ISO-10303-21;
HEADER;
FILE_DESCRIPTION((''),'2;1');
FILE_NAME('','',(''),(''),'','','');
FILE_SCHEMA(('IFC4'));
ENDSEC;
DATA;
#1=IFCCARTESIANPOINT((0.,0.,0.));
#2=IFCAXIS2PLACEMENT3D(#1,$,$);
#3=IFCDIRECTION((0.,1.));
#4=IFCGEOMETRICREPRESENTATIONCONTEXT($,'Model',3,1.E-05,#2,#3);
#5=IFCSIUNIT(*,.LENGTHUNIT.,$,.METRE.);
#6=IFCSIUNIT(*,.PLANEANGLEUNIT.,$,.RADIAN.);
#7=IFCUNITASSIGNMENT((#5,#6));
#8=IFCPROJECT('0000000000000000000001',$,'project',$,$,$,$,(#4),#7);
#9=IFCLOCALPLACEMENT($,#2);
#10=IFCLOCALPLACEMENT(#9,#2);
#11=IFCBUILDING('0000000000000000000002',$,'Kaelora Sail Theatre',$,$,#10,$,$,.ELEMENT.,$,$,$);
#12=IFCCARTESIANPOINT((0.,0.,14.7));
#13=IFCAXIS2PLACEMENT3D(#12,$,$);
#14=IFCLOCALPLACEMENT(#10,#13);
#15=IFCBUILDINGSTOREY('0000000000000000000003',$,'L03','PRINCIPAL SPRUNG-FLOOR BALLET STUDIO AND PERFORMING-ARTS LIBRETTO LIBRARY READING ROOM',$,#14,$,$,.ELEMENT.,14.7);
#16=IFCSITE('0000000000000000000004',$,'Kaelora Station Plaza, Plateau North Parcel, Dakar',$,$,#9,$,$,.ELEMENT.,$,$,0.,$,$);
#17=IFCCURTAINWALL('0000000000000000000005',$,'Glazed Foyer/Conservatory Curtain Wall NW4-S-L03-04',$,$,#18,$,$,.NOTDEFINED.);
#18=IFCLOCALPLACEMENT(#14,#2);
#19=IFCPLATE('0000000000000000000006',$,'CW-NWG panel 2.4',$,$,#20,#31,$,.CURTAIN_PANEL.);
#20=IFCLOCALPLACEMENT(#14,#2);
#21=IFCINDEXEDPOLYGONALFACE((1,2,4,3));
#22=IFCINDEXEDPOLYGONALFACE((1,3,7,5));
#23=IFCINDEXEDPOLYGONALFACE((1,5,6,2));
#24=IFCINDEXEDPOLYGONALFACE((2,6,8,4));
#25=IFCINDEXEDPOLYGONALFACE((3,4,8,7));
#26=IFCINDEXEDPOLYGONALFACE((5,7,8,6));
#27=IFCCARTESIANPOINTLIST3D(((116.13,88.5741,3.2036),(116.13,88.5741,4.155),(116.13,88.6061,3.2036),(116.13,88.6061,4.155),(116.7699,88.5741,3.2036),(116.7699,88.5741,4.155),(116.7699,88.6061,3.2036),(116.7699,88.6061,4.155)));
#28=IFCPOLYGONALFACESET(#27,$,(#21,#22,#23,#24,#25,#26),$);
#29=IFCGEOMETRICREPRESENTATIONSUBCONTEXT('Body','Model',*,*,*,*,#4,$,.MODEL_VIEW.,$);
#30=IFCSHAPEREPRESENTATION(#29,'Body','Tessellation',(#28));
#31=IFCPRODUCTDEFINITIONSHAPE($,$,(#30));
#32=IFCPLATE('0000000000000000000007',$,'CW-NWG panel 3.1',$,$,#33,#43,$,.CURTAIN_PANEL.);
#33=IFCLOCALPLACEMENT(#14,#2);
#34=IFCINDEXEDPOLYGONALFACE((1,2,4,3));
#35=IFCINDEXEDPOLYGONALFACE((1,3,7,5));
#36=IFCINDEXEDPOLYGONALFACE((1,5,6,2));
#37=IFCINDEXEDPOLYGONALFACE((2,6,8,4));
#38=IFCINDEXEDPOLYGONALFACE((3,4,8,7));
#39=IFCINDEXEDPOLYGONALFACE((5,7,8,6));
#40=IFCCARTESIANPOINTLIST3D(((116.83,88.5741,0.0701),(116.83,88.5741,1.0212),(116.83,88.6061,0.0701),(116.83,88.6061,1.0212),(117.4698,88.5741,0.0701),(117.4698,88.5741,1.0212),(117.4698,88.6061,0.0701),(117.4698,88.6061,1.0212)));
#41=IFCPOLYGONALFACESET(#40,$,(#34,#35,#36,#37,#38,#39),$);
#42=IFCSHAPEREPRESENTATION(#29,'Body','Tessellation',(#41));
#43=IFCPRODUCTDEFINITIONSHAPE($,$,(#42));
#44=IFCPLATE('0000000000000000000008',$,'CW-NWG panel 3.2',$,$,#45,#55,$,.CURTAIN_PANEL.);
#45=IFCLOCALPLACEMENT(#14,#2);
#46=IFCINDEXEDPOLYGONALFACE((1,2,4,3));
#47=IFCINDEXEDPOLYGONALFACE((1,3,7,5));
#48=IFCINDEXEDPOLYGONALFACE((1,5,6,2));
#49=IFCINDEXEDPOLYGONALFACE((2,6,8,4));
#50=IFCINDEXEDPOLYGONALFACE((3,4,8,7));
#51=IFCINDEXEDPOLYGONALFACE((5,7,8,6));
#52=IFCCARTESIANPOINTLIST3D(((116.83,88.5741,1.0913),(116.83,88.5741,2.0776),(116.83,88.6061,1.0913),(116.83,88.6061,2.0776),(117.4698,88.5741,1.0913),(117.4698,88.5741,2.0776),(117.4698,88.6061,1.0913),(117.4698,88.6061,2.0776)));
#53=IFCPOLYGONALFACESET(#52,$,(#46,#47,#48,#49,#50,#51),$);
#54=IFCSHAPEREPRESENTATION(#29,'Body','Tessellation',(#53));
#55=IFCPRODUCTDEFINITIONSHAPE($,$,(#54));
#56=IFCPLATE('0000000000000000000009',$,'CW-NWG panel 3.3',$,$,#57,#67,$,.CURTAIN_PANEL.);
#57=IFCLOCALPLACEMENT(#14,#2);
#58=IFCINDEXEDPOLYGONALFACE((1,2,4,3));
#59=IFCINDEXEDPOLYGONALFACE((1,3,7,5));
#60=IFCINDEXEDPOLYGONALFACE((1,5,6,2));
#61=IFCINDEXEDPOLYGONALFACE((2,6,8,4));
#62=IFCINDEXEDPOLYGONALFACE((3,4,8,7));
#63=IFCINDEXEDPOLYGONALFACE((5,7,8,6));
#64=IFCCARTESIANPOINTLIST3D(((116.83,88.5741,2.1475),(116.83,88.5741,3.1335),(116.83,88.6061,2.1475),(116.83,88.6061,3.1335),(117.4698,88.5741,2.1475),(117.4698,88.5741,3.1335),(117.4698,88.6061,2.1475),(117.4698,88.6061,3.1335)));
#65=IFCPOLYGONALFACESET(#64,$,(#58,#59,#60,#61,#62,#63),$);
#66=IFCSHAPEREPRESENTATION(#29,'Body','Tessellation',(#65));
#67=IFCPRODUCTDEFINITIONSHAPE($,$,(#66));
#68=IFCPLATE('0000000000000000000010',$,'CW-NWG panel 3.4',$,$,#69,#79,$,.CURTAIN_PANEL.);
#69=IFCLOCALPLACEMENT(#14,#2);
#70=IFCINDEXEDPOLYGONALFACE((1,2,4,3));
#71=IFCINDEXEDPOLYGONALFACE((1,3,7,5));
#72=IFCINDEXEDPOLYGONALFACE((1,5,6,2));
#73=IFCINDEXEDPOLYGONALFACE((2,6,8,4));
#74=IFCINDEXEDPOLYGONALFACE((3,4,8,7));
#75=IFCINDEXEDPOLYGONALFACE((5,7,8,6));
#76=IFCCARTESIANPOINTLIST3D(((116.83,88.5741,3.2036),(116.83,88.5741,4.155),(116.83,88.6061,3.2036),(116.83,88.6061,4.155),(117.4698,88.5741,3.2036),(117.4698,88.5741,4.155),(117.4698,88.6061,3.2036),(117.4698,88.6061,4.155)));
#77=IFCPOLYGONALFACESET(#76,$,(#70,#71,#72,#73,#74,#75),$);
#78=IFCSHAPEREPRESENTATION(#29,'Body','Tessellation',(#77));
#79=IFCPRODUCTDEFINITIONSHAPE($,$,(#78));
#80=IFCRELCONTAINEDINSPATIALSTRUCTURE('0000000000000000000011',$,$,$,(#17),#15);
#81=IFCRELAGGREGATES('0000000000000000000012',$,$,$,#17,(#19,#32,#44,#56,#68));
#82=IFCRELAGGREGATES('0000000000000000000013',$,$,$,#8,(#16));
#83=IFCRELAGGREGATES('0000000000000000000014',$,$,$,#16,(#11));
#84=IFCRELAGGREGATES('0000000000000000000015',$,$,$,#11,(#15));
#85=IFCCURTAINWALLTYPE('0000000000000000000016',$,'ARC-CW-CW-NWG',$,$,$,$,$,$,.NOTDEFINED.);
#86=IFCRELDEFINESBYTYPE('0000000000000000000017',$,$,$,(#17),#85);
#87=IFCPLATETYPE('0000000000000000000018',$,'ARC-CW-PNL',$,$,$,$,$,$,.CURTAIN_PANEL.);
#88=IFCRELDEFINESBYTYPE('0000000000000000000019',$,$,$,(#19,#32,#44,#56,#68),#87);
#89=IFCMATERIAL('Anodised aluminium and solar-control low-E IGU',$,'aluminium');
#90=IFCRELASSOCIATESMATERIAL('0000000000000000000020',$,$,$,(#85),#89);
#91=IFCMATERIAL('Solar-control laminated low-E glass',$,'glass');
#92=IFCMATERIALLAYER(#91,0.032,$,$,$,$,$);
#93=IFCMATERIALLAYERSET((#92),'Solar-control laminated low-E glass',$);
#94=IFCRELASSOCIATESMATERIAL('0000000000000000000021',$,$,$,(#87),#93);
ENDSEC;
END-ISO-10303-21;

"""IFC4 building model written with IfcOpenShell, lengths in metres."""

from ifc_helpers import new_model, si_unit, direction, frame, origin, origin_2d, place, context, subcontext, project, spatial, rectangle, extrude, material, layer, layer_set, type_object, element, aggregate, save


model = new_model("IFC4")

# Units and contexts
model_context = context("Model", 3, precision=1e-05, world=origin(), true_north=direction((0.0, 1.0)))
body_context = subcontext(model_context, "Body", "Model", "MODEL_VIEW")
ifc_project = project(units=[si_unit("LENGTHUNIT", "METRE"), si_unit("PLANEANGLEUNIT", "RADIAN")], contexts=[model_context])

# Site, building, storey
site_placement = place(None, origin())
site = spatial("IfcSite", under=ifc_project, at=site_placement, Name="Kaelora Station Plaza, Plateau North Parcel, Dakar", CompositionType="ELEMENT", RefElevation=0.0)
building_placement = place(site_placement, origin())
building = spatial("IfcBuilding", under=site, at=building_placement, Name="Kaelora Sail Theatre", CompositionType="ELEMENT")
storey_placement = place(building_placement, frame((0.0, 0.0, 14.7)))
storey = spatial("IfcBuildingStorey", under=building, at=storey_placement, Name="L03", Description="PRINCIPAL SPRUNG-FLOOR BALLET STUDIO AND PERFORMING-ARTS LIBRETTO LIBRARY READING ROOM", CompositionType="ELEMENT", Elevation=14.7)

# Curtain wall, plates
ifc_material_1 = material(Name="Anodised aluminium and solar-control low-E IGU", Category="aluminium")
curtain_wall_type = type_object("IfcCurtainWallType", Name="ARC-CW-CW-NWG", PredefinedType="NOTDEFINED", material=ifc_material_1)
curtain_wall_placement = place(storey_placement, origin())
curtain_wall = element("IfcCurtainWall", 1, at=curtain_wall_placement, inside=storey, type_object=curtain_wall_type, Name="Glazed Foyer/Conservatory Curtain Wall NW4-S-L03-04", PredefinedType="NOTDEFINED")
ifc_material_2 = material(Name="Solar-control laminated low-E glass", Category="glass")
ifc_layer = layer(ifc_material_2, 0.032)
ifc_layer_set = layer_set([ifc_layer], Name="Solar-control laminated low-E glass")
plate_type = type_object("IfcPlateType", Name="ARC-CW-PNL", PredefinedType="CURTAIN_PANEL", material=ifc_layer_set)
plate_1_placement = place(storey_placement, frame((116.45, 88.5901, 3.2036), z_axis=(0.0, 0.0, 1.0), x_axis=(1.0, 0.0, 0.0)))
plate_1 = element("IfcPlate", 2, at=plate_1_placement, type_object=plate_type, Name="CW-NWG panel 2.4", PredefinedType="CURTAIN_PANEL", context=body_context, shape_type="SweptSolid", body=[
    extrude(rectangle(XDim=0.6399, YDim=0.032, at=origin_2d()), origin(), (0.0, 0.0, 1.0), 0.9514),
])
plate_2_placement = place(storey_placement, frame((117.1499, 88.5901, 0.0701), z_axis=(0.0, 0.0, 1.0), x_axis=(1.0, 0.0, 0.0)))
plate_2 = element("IfcPlate", 3, at=plate_2_placement, type_object=plate_type, Name="CW-NWG panel 3.1", PredefinedType="CURTAIN_PANEL", context=body_context, shape_type="SweptSolid", body=[
    extrude(rectangle(XDim=0.6399, YDim=0.032, at=origin_2d()), origin(), (0.0, 0.0, 1.0), 0.9512),
])
plate_3_placement = place(storey_placement, frame((117.1499, 88.5901, 1.0913), z_axis=(0.0, 0.0, 1.0), x_axis=(1.0, 0.0, 0.0)))
plate_3 = element("IfcPlate", 4, at=plate_3_placement, type_object=plate_type, Name="CW-NWG panel 3.2", PredefinedType="CURTAIN_PANEL", context=body_context, shape_type="SweptSolid", body=[
    extrude(rectangle(XDim=0.6399, YDim=0.032, at=origin_2d()), origin(), (0.0, 0.0, 1.0), 0.9863),
])
plate_4_placement = place(storey_placement, frame((117.1499, 88.5901, 2.1475), z_axis=(0.0, 0.0, 1.0), x_axis=(1.0, 0.0, 0.0)))
plate_4 = element("IfcPlate", 5, at=plate_4_placement, type_object=plate_type, Name="CW-NWG panel 3.3", PredefinedType="CURTAIN_PANEL", context=body_context, shape_type="SweptSolid", body=[
    extrude(rectangle(XDim=0.6399, YDim=0.032, at=origin_2d()), origin(), (0.0, 0.0, 1.0), 0.9861),
])
plate_5_placement = place(storey_placement, frame((117.1499, 88.5901, 3.2036), z_axis=(0.0, 0.0, 1.0), x_axis=(1.0, 0.0, 0.0)))
plate_5 = element("IfcPlate", 6, at=plate_5_placement, type_object=plate_type, Name="CW-NWG panel 3.4", PredefinedType="CURTAIN_PANEL", context=body_context, shape_type="SweptSolid", body=[
    extrude(rectangle(XDim=0.6399, YDim=0.032, at=origin_2d()), origin(), (0.0, 0.0, 1.0), 0.9514),
])
aggregate(curtain_wall, [plate_1, plate_2, plate_3, plate_4, plate_5])

save(model, "model.ifc")
